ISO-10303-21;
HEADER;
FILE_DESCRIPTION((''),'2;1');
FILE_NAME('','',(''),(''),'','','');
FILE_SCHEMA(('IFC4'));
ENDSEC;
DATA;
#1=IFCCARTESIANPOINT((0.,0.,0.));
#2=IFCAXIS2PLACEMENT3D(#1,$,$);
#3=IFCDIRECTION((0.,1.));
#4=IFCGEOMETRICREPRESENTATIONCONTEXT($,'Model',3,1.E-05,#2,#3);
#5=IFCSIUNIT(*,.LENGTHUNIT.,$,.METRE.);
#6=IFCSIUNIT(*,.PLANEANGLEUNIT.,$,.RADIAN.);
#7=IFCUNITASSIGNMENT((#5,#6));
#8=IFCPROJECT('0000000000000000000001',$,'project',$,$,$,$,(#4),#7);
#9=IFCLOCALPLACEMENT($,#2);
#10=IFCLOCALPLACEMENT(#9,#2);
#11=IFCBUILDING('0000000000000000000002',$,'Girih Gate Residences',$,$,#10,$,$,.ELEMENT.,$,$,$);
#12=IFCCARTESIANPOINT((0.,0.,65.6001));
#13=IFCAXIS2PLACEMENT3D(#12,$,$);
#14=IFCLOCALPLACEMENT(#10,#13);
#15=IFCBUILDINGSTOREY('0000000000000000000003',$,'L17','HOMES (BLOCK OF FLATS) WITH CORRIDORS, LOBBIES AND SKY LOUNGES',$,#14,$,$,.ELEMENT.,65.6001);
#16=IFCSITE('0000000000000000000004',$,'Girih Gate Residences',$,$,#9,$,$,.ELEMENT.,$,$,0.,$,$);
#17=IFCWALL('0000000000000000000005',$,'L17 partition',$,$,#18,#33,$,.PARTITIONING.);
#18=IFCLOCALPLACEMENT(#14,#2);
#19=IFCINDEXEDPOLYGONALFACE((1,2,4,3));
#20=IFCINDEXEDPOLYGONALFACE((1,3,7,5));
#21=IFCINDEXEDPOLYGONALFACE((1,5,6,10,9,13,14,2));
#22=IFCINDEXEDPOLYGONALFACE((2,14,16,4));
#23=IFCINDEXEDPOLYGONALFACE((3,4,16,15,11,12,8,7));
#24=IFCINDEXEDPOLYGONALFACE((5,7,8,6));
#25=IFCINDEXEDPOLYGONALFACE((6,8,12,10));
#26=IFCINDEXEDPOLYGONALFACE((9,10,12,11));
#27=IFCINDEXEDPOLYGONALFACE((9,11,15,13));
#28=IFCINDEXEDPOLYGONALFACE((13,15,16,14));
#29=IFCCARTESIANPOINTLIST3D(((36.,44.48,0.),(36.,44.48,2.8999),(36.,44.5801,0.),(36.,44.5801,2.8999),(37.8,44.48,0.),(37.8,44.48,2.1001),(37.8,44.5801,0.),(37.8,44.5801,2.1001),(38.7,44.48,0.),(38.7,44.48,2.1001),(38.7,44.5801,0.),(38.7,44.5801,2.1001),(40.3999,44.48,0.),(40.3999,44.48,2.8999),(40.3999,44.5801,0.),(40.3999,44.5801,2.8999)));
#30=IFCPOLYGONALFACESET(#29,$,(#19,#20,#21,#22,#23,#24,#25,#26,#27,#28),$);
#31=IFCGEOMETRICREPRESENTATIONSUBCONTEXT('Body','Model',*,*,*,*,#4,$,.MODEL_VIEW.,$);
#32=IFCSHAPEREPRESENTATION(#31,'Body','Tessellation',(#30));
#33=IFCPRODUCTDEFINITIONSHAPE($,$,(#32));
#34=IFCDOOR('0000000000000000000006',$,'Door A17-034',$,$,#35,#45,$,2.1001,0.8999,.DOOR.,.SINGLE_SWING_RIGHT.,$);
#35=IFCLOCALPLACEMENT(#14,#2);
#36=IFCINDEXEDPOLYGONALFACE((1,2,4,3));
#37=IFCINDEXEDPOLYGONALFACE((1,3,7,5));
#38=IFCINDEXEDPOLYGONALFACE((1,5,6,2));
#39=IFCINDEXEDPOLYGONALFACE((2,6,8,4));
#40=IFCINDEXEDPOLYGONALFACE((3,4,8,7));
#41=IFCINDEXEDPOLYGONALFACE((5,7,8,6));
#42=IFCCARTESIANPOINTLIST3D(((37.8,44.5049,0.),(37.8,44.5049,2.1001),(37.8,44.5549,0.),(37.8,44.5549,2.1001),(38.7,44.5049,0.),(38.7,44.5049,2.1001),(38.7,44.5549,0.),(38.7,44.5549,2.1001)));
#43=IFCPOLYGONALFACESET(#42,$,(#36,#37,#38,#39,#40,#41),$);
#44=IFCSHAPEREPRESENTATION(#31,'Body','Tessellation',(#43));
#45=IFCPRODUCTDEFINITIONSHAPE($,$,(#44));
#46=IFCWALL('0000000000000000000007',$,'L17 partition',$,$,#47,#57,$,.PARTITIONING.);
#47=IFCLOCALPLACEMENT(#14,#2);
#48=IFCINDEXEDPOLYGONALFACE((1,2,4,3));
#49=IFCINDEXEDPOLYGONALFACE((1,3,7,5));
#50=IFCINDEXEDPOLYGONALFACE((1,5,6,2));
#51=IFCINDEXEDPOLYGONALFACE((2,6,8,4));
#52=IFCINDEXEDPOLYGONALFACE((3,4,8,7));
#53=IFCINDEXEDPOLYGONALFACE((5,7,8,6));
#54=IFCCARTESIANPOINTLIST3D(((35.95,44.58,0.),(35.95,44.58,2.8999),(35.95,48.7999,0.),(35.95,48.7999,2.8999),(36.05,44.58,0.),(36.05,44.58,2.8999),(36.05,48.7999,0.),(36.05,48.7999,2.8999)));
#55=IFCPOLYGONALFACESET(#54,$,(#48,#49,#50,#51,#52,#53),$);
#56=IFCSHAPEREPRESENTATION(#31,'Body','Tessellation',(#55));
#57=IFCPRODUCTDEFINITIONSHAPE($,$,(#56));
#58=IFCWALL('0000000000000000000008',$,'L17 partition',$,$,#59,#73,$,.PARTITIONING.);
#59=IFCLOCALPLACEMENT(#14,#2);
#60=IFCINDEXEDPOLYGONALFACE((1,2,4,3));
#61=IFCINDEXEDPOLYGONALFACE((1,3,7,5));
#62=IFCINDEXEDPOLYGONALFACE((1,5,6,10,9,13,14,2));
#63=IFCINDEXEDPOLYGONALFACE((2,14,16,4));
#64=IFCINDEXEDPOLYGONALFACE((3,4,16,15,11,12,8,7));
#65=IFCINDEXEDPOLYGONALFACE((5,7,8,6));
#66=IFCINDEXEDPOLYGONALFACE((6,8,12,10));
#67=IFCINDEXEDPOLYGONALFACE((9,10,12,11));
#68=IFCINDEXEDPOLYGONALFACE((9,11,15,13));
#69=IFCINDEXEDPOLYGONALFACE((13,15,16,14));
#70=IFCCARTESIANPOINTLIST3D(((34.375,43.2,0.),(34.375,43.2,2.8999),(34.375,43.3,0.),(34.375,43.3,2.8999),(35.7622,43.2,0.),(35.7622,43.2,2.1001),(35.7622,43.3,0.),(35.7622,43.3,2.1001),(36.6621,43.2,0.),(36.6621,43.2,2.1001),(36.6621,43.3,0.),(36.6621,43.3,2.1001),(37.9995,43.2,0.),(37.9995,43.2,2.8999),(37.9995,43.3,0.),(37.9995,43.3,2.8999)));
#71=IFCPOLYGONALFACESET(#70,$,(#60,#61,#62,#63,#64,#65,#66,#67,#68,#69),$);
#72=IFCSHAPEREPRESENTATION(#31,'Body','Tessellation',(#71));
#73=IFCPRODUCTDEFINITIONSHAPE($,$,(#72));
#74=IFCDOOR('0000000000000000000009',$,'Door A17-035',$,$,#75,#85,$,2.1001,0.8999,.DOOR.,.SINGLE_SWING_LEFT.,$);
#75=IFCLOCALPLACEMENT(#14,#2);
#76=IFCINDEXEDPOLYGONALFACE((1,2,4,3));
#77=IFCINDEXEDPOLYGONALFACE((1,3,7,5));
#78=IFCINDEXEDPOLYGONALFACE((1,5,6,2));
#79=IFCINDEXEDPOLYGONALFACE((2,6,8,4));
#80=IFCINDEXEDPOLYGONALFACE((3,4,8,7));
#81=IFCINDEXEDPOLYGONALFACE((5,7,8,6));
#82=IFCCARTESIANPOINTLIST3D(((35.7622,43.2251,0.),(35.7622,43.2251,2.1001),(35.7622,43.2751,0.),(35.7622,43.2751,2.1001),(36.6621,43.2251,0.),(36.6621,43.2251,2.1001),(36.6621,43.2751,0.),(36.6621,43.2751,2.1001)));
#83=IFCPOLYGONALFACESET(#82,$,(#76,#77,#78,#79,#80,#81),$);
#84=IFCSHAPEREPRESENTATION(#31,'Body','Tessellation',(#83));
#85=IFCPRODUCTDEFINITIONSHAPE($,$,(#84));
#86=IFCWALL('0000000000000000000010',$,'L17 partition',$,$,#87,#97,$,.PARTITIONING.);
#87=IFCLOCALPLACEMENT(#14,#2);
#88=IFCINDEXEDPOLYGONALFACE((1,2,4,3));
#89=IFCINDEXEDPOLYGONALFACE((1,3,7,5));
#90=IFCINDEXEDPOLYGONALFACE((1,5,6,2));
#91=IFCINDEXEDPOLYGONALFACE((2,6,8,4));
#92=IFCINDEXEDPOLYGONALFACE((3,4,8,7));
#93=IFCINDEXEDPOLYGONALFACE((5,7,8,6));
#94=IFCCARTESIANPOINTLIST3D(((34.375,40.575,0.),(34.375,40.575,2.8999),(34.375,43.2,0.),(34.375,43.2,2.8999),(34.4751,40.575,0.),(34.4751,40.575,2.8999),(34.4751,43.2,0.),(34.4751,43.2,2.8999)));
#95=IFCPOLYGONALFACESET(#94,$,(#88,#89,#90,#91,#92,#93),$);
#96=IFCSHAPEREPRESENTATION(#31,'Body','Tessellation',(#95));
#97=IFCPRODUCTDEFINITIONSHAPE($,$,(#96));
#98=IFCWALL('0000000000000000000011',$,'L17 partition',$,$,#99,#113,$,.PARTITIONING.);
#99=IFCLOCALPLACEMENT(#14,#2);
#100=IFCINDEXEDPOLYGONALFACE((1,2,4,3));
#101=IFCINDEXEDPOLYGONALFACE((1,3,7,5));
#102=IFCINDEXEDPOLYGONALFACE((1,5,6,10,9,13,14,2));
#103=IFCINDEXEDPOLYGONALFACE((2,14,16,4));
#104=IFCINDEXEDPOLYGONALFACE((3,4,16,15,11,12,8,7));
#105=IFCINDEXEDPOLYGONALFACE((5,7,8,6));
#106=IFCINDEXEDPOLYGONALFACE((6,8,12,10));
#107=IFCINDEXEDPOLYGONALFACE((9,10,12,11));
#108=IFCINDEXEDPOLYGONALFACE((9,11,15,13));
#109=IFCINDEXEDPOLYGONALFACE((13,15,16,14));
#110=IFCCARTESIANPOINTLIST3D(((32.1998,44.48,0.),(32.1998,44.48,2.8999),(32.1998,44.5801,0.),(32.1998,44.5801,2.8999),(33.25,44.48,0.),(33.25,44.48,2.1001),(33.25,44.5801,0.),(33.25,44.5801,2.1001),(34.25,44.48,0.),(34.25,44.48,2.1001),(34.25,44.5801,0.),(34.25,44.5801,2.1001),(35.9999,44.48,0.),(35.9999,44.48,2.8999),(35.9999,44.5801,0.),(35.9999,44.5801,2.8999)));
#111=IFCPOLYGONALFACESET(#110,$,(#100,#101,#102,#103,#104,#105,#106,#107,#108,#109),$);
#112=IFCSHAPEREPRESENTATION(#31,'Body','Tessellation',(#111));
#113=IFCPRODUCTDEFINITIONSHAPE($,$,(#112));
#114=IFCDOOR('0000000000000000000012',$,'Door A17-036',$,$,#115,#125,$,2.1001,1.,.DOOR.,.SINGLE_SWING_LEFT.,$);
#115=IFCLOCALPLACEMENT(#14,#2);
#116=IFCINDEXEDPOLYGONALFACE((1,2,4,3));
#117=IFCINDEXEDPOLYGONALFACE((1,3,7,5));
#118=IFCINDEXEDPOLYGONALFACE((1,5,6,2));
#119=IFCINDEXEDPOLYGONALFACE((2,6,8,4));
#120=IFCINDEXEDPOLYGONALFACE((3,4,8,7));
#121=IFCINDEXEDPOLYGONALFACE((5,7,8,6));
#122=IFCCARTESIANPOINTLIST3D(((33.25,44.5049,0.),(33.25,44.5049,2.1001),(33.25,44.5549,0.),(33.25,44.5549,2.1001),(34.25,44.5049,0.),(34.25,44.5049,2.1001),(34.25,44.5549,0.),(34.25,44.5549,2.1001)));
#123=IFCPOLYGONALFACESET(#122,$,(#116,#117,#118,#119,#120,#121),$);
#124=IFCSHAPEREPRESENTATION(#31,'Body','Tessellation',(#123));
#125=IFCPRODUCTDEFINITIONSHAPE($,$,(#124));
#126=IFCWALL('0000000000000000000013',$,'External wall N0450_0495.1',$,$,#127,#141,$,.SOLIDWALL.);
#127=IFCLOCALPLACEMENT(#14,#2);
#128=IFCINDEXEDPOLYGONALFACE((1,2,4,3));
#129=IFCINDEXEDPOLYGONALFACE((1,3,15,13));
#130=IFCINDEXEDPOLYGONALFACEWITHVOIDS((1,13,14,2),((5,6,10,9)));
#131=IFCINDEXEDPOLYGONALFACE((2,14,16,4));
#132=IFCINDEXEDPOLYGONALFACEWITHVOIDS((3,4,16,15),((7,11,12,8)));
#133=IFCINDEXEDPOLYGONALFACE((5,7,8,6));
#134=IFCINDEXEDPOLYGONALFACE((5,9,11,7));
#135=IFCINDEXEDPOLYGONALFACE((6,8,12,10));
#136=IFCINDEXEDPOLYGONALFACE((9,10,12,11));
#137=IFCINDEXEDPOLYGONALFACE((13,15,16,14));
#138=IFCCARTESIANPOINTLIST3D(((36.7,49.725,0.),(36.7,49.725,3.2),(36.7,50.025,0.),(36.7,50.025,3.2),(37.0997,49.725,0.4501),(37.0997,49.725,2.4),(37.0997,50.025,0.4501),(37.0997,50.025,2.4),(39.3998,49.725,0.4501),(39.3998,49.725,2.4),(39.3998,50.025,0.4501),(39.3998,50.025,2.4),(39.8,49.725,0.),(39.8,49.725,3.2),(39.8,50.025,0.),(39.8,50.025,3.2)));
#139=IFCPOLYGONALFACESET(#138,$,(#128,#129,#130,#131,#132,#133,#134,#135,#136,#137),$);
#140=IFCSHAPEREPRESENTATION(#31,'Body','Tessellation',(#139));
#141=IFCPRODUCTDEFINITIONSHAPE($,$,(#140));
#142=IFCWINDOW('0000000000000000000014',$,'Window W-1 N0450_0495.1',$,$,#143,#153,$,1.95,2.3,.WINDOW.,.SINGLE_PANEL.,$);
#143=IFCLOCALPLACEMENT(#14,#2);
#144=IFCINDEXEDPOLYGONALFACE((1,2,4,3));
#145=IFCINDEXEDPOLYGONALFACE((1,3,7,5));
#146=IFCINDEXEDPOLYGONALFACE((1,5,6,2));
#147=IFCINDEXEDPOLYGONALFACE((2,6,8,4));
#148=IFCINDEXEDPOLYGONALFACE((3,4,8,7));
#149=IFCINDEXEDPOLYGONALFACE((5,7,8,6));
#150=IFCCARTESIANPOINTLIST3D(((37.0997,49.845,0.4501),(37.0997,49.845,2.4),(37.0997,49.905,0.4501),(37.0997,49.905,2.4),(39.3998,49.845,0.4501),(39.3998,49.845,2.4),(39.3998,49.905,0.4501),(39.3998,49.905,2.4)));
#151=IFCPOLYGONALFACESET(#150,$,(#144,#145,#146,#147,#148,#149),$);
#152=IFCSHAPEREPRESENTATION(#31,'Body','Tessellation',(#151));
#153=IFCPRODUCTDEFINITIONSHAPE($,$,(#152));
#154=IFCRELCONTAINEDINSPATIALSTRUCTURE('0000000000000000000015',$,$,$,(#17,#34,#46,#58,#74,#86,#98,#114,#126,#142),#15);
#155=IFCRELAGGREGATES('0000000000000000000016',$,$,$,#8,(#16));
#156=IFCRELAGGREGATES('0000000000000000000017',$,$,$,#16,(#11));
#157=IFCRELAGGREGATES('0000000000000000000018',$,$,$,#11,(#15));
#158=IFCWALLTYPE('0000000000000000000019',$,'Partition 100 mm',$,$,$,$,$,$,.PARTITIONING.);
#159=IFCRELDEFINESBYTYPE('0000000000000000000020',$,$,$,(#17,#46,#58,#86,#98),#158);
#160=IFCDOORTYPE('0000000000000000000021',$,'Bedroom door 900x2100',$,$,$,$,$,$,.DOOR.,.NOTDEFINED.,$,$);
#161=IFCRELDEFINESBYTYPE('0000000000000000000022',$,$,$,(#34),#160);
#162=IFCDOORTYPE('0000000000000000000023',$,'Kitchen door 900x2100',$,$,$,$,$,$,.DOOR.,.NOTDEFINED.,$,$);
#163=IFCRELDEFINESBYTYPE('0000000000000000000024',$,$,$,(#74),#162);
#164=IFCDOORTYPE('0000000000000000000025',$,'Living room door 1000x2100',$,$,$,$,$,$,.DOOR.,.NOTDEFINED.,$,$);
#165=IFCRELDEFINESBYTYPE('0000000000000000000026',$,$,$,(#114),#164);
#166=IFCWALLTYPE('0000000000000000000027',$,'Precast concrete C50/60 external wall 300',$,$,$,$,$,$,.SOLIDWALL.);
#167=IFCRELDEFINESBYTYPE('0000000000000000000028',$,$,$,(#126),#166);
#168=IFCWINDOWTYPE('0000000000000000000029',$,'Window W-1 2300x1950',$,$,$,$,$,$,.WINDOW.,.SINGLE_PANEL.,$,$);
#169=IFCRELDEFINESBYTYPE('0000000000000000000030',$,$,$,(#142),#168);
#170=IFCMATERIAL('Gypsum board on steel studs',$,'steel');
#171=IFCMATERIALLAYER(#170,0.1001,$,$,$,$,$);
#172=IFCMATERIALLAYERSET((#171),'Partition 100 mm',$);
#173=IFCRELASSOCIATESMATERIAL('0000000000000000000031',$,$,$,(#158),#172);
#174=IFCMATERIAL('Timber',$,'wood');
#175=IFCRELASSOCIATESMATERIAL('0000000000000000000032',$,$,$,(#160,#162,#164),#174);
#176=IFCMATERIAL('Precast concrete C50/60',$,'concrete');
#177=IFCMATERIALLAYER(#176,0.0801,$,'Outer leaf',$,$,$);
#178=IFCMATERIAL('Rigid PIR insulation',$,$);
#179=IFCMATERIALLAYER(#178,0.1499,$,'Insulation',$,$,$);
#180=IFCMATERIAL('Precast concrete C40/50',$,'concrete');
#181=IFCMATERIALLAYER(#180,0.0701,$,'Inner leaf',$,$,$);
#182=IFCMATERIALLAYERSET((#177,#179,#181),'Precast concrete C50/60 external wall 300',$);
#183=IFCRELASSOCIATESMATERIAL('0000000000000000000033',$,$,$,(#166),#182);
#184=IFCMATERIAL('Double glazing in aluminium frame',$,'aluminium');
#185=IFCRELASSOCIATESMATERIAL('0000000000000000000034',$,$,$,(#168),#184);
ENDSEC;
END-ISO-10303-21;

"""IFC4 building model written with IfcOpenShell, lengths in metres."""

from ifc_helpers import new_model, si_unit, direction, frame, frame_2d, origin, place, context, subcontext, project, spatial, rectangle, extrude, material, layer, layer_set, type_object, element, fill, save


model = new_model("IFC4")

# Units and contexts
model_context = context("Model", 3, precision=1e-05, world=origin(), true_north=direction((0.0, 1.0)))
body_context = subcontext(model_context, "Body", "Model", "MODEL_VIEW")
ifc_project = project(units=[si_unit("LENGTHUNIT", "METRE"), si_unit("PLANEANGLEUNIT", "RADIAN")], contexts=[model_context])

# Site, building, storey
site_placement = place(None, origin())
site = spatial("IfcSite", under=ifc_project, at=site_placement, Name="Girih Gate Residences", CompositionType="ELEMENT", RefElevation=0.0)
building_placement = place(site_placement, origin())
building = spatial("IfcBuilding", under=site, at=building_placement, Name="Girih Gate Residences", CompositionType="ELEMENT")
storey_placement = place(building_placement, frame((0.0, 0.0, 65.6001)))
storey = spatial("IfcBuildingStorey", under=building, at=storey_placement, Name="L17", Description="HOMES (BLOCK OF FLATS) WITH CORRIDORS, LOBBIES AND SKY LOUNGES", CompositionType="ELEMENT", Elevation=65.6001)

# Shared definitions
ifc_material_1 = material(Name="Gypsum board on steel studs", Category="steel")

# Wall, opening, door
ifc_layer_1 = layer(ifc_material_1, 0.1001)
ifc_layer_set_1 = layer_set([ifc_layer_1], Name="Partition 100 mm")
wall_type_1 = type_object("IfcWallType", Name="Partition 100 mm", PredefinedType="PARTITIONING", material=ifc_layer_set_1)
wall_1_placement = place(storey_placement, frame((36.0, 44.53, 0.0), z_axis=(0.0, 0.0, 1.0), x_axis=(1.0, 0.0, 0.0)))
wall_1 = element("IfcWall", 1, at=wall_1_placement, inside=storey, type_object=wall_type_1, Name="L17 partition", PredefinedType="PARTITIONING", context=body_context, shape_type="SweptSolid", body=[
    extrude(rectangle(XDim=4.3999, YDim=0.1001, at=frame_2d((2.2, 0.0))), origin(), (0.0, 0.0, 1.0), 2.8999),
])
opening_1_placement = place(wall_1_placement, frame((1.8, 0.0, 0.0)))
opening_1 = element("IfcOpeningElement", 2, at=opening_1_placement, cuts=wall_1, PredefinedType="OPENING", context=body_context, shape_type="SweptSolid", body=[
    extrude(rectangle(XDim=0.8999, YDim=2.1001, at=frame_2d((0.45, 1.05))), frame((0.0, 0.0601, 0.0), z_axis=(0.0, -1.0, 0.0), x_axis=(1.0, 0.0, 0.0)), (0.0, 0.0, 1.0), 0.1201),
])
ifc_material_2 = material(Name="Timber", Category="wood")
door_type_1 = type_object("IfcDoorType", Name="Bedroom door 900x2100", OperationType="NOTDEFINED", PredefinedType="DOOR", material=ifc_material_2)
door_1_placement = place(opening_1_placement, origin())
door_1 = element("IfcDoor", 3, at=door_1_placement, inside=storey, type_object=door_type_1, Name="Door A17-034", OperationType="SINGLE_SWING_RIGHT", OverallHeight=2.1001, OverallWidth=0.8999, PredefinedType="DOOR", context=body_context, shape_type="SweptSolid", body=[
    extrude(rectangle(XDim=0.8999, YDim=2.1001, at=frame_2d((0.45, 1.05))), frame((0.0, 0.0249, 0.0), z_axis=(0.0, -1.0, 0.0), x_axis=(1.0, 0.0, 0.0)), (0.0, 0.0, 1.0), 0.05),
])
fill(opening_1, door_1)

# Wall
wall_2_placement = place(storey_placement, frame((36.0, 44.5801, 0.0), z_axis=(0.0, 0.0, 1.0), x_axis=(0.0, 1.0, 0.0)))
element("IfcWall", 4, at=wall_2_placement, inside=storey, type_object=wall_type_1, Name="L17 partition", PredefinedType="PARTITIONING", context=body_context, shape_type="SweptSolid", body=[
    extrude(rectangle(XDim=4.22, YDim=0.1001, at=frame_2d((2.1099, 0.0))), origin(), (0.0, 0.0, 1.0), 2.8999),
])

# Wall, opening, door
wall_3_placement = place(storey_placement, frame((37.9995, 43.25, 0.0), z_axis=(0.0, 0.0, 1.0), x_axis=(-1.0, 0.0, 0.0)))
wall_3 = element("IfcWall", 5, at=wall_3_placement, inside=storey, type_object=wall_type_1, Name="L17 partition", PredefinedType="PARTITIONING", context=body_context, shape_type="SweptSolid", body=[
    extrude(rectangle(XDim=3.6245, YDim=0.1001, at=frame_2d((1.8123, 0.0))), origin(), (0.0, 0.0, 1.0), 2.8999),
])
opening_2_placement = place(wall_3_placement, frame((1.3374, 0.0, 0.0)))
opening_2 = element("IfcOpeningElement", 6, at=opening_2_placement, cuts=wall_3, PredefinedType="OPENING", context=body_context, shape_type="SweptSolid", body=[
    extrude(rectangle(XDim=0.8999, YDim=2.1001, at=frame_2d((0.45, 1.05))), frame((0.0, 0.0601, 0.0), z_axis=(0.0, -1.0, 0.0), x_axis=(1.0, 0.0, 0.0)), (0.0, 0.0, 1.0), 0.1201),
])
door_type_2 = type_object("IfcDoorType", Name="Kitchen door 900x2100", OperationType="NOTDEFINED", PredefinedType="DOOR", material=ifc_material_2)
door_2_placement = place(opening_2_placement, origin())
door_2 = element("IfcDoor", 7, at=door_2_placement, inside=storey, type_object=door_type_2, Name="Door A17-035", OperationType="SINGLE_SWING_LEFT", OverallHeight=2.1001, OverallWidth=0.8999, PredefinedType="DOOR", context=body_context, shape_type="SweptSolid", body=[
    extrude(rectangle(XDim=0.8999, YDim=2.1001, at=frame_2d((0.45, 1.05))), frame((0.0, 0.0249, 0.0), z_axis=(0.0, -1.0, 0.0), x_axis=(1.0, 0.0, 0.0)), (0.0, 0.0, 1.0), 0.05),
])
fill(opening_2, door_2)

# Wall
wall_4_placement = place(storey_placement, frame((34.425, 40.575, 0.0), z_axis=(0.0, 0.0, 1.0), x_axis=(0.0, 1.0, 0.0)))
element("IfcWall", 8, at=wall_4_placement, inside=storey, type_object=wall_type_1, Name="L17 partition", PredefinedType="PARTITIONING", context=body_context, shape_type="SweptSolid", body=[
    extrude(rectangle(XDim=2.625, YDim=0.1001, at=frame_2d((1.3125, 0.0))), origin(), (0.0, 0.0, 1.0), 2.8999),
])

# Wall, opening, door
wall_5_placement = place(storey_placement, frame((32.2, 44.53, 0.0), z_axis=(0.0, 0.0, 1.0), x_axis=(1.0, 0.0, 0.0)))
wall_5 = element("IfcWall", 9, at=wall_5_placement, inside=storey, type_object=wall_type_1, Name="L17 partition", PredefinedType="PARTITIONING", context=body_context, shape_type="SweptSolid", body=[
    extrude(rectangle(XDim=3.8, YDim=0.1001, at=frame_2d((1.8999, 0.0))), origin(), (0.0, 0.0, 1.0), 2.8999),
])
opening_3_placement = place(wall_5_placement, frame((1.05, 0.0, 0.0)))
opening_3 = element("IfcOpeningElement", 10, at=opening_3_placement, cuts=wall_5, PredefinedType="OPENING", context=body_context, shape_type="SweptSolid", body=[
    extrude(rectangle(XDim=1.0, YDim=2.1001, at=frame_2d((0.5, 1.05))), frame((0.0, 0.0601, 0.0), z_axis=(0.0, -1.0, 0.0), x_axis=(1.0, 0.0, 0.0)), (0.0, 0.0, 1.0), 0.1201),
])
door_type_3 = type_object("IfcDoorType", Name="Living room door 1000x2100", OperationType="NOTDEFINED", PredefinedType="DOOR", material=ifc_material_2)
door_3_placement = place(opening_3_placement, origin())
door_3 = element("IfcDoor", 11, at=door_3_placement, inside=storey, type_object=door_type_3, Name="Door A17-036", OperationType="SINGLE_SWING_LEFT", OverallHeight=2.1001, OverallWidth=1.0, PredefinedType="DOOR", context=body_context, shape_type="SweptSolid", body=[
    extrude(rectangle(XDim=1.0, YDim=2.1001, at=frame_2d((0.5, 1.05))), frame((0.0, 0.0249, 0.0), z_axis=(0.0, -1.0, 0.0), x_axis=(1.0, 0.0, 0.0)), (0.0, 0.0, 1.0), 0.05),
])
fill(opening_3, door_3)

# Wall, opening, window
ifc_material_3 = material(Name="Precast concrete C50/60", Category="concrete")
ifc_layer_2 = layer(ifc_material_3, 0.0801, Name="Outer leaf")
ifc_material_4 = material(Name="Rigid PIR insulation")
ifc_layer_3 = layer(ifc_material_4, 0.1499, Name="Insulation")
ifc_material_5 = material(Name="Precast concrete C40/50", Category="concrete")
ifc_layer_4 = layer(ifc_material_5, 0.0701, Name="Inner leaf")
ifc_layer_set_2 = layer_set([ifc_layer_2, ifc_layer_3, ifc_layer_4], Name="Precast concrete C50/60 external wall 300")
wall_type_2 = type_object("IfcWallType", Name="Precast concrete C50/60 external wall 300", PredefinedType="SOLIDWALL", material=ifc_layer_set_2)
wall_6_placement = place(storey_placement, frame((36.7, 49.875, 0.0), z_axis=(0.0, 0.0, 1.0), x_axis=(1.0, 0.0, 0.0)))
wall_6 = element("IfcWall", 12, at=wall_6_placement, inside=storey, type_object=wall_type_2, Name="External wall N0450_0495.1", PredefinedType="SOLIDWALL", context=body_context, shape_type="SweptSolid", body=[
    extrude(rectangle(XDim=3.1001, YDim=0.3, at=frame_2d((1.55, 0.0))), origin(), (0.0, 0.0, 1.0), 3.2),
])
opening_4_placement = place(wall_6_placement, frame((0.3999, 0.0, 0.45)))
opening_4 = element("IfcOpeningElement", 13, at=opening_4_placement, cuts=wall_6, PredefinedType="OPENING", context=body_context, shape_type="SweptSolid", body=[
    extrude(rectangle(XDim=2.3, YDim=1.95, at=frame_2d((1.1499, 0.9751))), frame((0.0, 0.1599, 0.0), z_axis=(0.0, -1.0, 0.0), x_axis=(1.0, 0.0, 0.0)), (0.0, 0.0, 1.0), 0.3201),
])
ifc_material_6 = material(Name="Double glazing in aluminium frame", Category="aluminium")
window_type = type_object("IfcWindowType", Name="Window W-1 2300x1950", PartitioningType="SINGLE_PANEL", PredefinedType="WINDOW", material=ifc_material_6)
window_1_placement = place(opening_4_placement, origin())
window_1 = element("IfcWindow", 14, at=window_1_placement, inside=storey, type_object=window_type, Name="Window W-1 N0450_0495.1", OverallHeight=1.95, OverallWidth=2.3, PartitioningType="SINGLE_PANEL", PredefinedType="WINDOW", context=body_context, shape_type="SweptSolid", body=[
    extrude(rectangle(XDim=2.3, YDim=1.95, at=frame_2d((1.1499, 0.9751))), frame((0.0, 0.03, 0.0), z_axis=(0.0, -1.0, 0.0), x_axis=(1.0, 0.0, 0.0)), (0.0, 0.0, 1.0), 0.0601),
])
fill(opening_4, window_1)

save(model, "model.ifc")
